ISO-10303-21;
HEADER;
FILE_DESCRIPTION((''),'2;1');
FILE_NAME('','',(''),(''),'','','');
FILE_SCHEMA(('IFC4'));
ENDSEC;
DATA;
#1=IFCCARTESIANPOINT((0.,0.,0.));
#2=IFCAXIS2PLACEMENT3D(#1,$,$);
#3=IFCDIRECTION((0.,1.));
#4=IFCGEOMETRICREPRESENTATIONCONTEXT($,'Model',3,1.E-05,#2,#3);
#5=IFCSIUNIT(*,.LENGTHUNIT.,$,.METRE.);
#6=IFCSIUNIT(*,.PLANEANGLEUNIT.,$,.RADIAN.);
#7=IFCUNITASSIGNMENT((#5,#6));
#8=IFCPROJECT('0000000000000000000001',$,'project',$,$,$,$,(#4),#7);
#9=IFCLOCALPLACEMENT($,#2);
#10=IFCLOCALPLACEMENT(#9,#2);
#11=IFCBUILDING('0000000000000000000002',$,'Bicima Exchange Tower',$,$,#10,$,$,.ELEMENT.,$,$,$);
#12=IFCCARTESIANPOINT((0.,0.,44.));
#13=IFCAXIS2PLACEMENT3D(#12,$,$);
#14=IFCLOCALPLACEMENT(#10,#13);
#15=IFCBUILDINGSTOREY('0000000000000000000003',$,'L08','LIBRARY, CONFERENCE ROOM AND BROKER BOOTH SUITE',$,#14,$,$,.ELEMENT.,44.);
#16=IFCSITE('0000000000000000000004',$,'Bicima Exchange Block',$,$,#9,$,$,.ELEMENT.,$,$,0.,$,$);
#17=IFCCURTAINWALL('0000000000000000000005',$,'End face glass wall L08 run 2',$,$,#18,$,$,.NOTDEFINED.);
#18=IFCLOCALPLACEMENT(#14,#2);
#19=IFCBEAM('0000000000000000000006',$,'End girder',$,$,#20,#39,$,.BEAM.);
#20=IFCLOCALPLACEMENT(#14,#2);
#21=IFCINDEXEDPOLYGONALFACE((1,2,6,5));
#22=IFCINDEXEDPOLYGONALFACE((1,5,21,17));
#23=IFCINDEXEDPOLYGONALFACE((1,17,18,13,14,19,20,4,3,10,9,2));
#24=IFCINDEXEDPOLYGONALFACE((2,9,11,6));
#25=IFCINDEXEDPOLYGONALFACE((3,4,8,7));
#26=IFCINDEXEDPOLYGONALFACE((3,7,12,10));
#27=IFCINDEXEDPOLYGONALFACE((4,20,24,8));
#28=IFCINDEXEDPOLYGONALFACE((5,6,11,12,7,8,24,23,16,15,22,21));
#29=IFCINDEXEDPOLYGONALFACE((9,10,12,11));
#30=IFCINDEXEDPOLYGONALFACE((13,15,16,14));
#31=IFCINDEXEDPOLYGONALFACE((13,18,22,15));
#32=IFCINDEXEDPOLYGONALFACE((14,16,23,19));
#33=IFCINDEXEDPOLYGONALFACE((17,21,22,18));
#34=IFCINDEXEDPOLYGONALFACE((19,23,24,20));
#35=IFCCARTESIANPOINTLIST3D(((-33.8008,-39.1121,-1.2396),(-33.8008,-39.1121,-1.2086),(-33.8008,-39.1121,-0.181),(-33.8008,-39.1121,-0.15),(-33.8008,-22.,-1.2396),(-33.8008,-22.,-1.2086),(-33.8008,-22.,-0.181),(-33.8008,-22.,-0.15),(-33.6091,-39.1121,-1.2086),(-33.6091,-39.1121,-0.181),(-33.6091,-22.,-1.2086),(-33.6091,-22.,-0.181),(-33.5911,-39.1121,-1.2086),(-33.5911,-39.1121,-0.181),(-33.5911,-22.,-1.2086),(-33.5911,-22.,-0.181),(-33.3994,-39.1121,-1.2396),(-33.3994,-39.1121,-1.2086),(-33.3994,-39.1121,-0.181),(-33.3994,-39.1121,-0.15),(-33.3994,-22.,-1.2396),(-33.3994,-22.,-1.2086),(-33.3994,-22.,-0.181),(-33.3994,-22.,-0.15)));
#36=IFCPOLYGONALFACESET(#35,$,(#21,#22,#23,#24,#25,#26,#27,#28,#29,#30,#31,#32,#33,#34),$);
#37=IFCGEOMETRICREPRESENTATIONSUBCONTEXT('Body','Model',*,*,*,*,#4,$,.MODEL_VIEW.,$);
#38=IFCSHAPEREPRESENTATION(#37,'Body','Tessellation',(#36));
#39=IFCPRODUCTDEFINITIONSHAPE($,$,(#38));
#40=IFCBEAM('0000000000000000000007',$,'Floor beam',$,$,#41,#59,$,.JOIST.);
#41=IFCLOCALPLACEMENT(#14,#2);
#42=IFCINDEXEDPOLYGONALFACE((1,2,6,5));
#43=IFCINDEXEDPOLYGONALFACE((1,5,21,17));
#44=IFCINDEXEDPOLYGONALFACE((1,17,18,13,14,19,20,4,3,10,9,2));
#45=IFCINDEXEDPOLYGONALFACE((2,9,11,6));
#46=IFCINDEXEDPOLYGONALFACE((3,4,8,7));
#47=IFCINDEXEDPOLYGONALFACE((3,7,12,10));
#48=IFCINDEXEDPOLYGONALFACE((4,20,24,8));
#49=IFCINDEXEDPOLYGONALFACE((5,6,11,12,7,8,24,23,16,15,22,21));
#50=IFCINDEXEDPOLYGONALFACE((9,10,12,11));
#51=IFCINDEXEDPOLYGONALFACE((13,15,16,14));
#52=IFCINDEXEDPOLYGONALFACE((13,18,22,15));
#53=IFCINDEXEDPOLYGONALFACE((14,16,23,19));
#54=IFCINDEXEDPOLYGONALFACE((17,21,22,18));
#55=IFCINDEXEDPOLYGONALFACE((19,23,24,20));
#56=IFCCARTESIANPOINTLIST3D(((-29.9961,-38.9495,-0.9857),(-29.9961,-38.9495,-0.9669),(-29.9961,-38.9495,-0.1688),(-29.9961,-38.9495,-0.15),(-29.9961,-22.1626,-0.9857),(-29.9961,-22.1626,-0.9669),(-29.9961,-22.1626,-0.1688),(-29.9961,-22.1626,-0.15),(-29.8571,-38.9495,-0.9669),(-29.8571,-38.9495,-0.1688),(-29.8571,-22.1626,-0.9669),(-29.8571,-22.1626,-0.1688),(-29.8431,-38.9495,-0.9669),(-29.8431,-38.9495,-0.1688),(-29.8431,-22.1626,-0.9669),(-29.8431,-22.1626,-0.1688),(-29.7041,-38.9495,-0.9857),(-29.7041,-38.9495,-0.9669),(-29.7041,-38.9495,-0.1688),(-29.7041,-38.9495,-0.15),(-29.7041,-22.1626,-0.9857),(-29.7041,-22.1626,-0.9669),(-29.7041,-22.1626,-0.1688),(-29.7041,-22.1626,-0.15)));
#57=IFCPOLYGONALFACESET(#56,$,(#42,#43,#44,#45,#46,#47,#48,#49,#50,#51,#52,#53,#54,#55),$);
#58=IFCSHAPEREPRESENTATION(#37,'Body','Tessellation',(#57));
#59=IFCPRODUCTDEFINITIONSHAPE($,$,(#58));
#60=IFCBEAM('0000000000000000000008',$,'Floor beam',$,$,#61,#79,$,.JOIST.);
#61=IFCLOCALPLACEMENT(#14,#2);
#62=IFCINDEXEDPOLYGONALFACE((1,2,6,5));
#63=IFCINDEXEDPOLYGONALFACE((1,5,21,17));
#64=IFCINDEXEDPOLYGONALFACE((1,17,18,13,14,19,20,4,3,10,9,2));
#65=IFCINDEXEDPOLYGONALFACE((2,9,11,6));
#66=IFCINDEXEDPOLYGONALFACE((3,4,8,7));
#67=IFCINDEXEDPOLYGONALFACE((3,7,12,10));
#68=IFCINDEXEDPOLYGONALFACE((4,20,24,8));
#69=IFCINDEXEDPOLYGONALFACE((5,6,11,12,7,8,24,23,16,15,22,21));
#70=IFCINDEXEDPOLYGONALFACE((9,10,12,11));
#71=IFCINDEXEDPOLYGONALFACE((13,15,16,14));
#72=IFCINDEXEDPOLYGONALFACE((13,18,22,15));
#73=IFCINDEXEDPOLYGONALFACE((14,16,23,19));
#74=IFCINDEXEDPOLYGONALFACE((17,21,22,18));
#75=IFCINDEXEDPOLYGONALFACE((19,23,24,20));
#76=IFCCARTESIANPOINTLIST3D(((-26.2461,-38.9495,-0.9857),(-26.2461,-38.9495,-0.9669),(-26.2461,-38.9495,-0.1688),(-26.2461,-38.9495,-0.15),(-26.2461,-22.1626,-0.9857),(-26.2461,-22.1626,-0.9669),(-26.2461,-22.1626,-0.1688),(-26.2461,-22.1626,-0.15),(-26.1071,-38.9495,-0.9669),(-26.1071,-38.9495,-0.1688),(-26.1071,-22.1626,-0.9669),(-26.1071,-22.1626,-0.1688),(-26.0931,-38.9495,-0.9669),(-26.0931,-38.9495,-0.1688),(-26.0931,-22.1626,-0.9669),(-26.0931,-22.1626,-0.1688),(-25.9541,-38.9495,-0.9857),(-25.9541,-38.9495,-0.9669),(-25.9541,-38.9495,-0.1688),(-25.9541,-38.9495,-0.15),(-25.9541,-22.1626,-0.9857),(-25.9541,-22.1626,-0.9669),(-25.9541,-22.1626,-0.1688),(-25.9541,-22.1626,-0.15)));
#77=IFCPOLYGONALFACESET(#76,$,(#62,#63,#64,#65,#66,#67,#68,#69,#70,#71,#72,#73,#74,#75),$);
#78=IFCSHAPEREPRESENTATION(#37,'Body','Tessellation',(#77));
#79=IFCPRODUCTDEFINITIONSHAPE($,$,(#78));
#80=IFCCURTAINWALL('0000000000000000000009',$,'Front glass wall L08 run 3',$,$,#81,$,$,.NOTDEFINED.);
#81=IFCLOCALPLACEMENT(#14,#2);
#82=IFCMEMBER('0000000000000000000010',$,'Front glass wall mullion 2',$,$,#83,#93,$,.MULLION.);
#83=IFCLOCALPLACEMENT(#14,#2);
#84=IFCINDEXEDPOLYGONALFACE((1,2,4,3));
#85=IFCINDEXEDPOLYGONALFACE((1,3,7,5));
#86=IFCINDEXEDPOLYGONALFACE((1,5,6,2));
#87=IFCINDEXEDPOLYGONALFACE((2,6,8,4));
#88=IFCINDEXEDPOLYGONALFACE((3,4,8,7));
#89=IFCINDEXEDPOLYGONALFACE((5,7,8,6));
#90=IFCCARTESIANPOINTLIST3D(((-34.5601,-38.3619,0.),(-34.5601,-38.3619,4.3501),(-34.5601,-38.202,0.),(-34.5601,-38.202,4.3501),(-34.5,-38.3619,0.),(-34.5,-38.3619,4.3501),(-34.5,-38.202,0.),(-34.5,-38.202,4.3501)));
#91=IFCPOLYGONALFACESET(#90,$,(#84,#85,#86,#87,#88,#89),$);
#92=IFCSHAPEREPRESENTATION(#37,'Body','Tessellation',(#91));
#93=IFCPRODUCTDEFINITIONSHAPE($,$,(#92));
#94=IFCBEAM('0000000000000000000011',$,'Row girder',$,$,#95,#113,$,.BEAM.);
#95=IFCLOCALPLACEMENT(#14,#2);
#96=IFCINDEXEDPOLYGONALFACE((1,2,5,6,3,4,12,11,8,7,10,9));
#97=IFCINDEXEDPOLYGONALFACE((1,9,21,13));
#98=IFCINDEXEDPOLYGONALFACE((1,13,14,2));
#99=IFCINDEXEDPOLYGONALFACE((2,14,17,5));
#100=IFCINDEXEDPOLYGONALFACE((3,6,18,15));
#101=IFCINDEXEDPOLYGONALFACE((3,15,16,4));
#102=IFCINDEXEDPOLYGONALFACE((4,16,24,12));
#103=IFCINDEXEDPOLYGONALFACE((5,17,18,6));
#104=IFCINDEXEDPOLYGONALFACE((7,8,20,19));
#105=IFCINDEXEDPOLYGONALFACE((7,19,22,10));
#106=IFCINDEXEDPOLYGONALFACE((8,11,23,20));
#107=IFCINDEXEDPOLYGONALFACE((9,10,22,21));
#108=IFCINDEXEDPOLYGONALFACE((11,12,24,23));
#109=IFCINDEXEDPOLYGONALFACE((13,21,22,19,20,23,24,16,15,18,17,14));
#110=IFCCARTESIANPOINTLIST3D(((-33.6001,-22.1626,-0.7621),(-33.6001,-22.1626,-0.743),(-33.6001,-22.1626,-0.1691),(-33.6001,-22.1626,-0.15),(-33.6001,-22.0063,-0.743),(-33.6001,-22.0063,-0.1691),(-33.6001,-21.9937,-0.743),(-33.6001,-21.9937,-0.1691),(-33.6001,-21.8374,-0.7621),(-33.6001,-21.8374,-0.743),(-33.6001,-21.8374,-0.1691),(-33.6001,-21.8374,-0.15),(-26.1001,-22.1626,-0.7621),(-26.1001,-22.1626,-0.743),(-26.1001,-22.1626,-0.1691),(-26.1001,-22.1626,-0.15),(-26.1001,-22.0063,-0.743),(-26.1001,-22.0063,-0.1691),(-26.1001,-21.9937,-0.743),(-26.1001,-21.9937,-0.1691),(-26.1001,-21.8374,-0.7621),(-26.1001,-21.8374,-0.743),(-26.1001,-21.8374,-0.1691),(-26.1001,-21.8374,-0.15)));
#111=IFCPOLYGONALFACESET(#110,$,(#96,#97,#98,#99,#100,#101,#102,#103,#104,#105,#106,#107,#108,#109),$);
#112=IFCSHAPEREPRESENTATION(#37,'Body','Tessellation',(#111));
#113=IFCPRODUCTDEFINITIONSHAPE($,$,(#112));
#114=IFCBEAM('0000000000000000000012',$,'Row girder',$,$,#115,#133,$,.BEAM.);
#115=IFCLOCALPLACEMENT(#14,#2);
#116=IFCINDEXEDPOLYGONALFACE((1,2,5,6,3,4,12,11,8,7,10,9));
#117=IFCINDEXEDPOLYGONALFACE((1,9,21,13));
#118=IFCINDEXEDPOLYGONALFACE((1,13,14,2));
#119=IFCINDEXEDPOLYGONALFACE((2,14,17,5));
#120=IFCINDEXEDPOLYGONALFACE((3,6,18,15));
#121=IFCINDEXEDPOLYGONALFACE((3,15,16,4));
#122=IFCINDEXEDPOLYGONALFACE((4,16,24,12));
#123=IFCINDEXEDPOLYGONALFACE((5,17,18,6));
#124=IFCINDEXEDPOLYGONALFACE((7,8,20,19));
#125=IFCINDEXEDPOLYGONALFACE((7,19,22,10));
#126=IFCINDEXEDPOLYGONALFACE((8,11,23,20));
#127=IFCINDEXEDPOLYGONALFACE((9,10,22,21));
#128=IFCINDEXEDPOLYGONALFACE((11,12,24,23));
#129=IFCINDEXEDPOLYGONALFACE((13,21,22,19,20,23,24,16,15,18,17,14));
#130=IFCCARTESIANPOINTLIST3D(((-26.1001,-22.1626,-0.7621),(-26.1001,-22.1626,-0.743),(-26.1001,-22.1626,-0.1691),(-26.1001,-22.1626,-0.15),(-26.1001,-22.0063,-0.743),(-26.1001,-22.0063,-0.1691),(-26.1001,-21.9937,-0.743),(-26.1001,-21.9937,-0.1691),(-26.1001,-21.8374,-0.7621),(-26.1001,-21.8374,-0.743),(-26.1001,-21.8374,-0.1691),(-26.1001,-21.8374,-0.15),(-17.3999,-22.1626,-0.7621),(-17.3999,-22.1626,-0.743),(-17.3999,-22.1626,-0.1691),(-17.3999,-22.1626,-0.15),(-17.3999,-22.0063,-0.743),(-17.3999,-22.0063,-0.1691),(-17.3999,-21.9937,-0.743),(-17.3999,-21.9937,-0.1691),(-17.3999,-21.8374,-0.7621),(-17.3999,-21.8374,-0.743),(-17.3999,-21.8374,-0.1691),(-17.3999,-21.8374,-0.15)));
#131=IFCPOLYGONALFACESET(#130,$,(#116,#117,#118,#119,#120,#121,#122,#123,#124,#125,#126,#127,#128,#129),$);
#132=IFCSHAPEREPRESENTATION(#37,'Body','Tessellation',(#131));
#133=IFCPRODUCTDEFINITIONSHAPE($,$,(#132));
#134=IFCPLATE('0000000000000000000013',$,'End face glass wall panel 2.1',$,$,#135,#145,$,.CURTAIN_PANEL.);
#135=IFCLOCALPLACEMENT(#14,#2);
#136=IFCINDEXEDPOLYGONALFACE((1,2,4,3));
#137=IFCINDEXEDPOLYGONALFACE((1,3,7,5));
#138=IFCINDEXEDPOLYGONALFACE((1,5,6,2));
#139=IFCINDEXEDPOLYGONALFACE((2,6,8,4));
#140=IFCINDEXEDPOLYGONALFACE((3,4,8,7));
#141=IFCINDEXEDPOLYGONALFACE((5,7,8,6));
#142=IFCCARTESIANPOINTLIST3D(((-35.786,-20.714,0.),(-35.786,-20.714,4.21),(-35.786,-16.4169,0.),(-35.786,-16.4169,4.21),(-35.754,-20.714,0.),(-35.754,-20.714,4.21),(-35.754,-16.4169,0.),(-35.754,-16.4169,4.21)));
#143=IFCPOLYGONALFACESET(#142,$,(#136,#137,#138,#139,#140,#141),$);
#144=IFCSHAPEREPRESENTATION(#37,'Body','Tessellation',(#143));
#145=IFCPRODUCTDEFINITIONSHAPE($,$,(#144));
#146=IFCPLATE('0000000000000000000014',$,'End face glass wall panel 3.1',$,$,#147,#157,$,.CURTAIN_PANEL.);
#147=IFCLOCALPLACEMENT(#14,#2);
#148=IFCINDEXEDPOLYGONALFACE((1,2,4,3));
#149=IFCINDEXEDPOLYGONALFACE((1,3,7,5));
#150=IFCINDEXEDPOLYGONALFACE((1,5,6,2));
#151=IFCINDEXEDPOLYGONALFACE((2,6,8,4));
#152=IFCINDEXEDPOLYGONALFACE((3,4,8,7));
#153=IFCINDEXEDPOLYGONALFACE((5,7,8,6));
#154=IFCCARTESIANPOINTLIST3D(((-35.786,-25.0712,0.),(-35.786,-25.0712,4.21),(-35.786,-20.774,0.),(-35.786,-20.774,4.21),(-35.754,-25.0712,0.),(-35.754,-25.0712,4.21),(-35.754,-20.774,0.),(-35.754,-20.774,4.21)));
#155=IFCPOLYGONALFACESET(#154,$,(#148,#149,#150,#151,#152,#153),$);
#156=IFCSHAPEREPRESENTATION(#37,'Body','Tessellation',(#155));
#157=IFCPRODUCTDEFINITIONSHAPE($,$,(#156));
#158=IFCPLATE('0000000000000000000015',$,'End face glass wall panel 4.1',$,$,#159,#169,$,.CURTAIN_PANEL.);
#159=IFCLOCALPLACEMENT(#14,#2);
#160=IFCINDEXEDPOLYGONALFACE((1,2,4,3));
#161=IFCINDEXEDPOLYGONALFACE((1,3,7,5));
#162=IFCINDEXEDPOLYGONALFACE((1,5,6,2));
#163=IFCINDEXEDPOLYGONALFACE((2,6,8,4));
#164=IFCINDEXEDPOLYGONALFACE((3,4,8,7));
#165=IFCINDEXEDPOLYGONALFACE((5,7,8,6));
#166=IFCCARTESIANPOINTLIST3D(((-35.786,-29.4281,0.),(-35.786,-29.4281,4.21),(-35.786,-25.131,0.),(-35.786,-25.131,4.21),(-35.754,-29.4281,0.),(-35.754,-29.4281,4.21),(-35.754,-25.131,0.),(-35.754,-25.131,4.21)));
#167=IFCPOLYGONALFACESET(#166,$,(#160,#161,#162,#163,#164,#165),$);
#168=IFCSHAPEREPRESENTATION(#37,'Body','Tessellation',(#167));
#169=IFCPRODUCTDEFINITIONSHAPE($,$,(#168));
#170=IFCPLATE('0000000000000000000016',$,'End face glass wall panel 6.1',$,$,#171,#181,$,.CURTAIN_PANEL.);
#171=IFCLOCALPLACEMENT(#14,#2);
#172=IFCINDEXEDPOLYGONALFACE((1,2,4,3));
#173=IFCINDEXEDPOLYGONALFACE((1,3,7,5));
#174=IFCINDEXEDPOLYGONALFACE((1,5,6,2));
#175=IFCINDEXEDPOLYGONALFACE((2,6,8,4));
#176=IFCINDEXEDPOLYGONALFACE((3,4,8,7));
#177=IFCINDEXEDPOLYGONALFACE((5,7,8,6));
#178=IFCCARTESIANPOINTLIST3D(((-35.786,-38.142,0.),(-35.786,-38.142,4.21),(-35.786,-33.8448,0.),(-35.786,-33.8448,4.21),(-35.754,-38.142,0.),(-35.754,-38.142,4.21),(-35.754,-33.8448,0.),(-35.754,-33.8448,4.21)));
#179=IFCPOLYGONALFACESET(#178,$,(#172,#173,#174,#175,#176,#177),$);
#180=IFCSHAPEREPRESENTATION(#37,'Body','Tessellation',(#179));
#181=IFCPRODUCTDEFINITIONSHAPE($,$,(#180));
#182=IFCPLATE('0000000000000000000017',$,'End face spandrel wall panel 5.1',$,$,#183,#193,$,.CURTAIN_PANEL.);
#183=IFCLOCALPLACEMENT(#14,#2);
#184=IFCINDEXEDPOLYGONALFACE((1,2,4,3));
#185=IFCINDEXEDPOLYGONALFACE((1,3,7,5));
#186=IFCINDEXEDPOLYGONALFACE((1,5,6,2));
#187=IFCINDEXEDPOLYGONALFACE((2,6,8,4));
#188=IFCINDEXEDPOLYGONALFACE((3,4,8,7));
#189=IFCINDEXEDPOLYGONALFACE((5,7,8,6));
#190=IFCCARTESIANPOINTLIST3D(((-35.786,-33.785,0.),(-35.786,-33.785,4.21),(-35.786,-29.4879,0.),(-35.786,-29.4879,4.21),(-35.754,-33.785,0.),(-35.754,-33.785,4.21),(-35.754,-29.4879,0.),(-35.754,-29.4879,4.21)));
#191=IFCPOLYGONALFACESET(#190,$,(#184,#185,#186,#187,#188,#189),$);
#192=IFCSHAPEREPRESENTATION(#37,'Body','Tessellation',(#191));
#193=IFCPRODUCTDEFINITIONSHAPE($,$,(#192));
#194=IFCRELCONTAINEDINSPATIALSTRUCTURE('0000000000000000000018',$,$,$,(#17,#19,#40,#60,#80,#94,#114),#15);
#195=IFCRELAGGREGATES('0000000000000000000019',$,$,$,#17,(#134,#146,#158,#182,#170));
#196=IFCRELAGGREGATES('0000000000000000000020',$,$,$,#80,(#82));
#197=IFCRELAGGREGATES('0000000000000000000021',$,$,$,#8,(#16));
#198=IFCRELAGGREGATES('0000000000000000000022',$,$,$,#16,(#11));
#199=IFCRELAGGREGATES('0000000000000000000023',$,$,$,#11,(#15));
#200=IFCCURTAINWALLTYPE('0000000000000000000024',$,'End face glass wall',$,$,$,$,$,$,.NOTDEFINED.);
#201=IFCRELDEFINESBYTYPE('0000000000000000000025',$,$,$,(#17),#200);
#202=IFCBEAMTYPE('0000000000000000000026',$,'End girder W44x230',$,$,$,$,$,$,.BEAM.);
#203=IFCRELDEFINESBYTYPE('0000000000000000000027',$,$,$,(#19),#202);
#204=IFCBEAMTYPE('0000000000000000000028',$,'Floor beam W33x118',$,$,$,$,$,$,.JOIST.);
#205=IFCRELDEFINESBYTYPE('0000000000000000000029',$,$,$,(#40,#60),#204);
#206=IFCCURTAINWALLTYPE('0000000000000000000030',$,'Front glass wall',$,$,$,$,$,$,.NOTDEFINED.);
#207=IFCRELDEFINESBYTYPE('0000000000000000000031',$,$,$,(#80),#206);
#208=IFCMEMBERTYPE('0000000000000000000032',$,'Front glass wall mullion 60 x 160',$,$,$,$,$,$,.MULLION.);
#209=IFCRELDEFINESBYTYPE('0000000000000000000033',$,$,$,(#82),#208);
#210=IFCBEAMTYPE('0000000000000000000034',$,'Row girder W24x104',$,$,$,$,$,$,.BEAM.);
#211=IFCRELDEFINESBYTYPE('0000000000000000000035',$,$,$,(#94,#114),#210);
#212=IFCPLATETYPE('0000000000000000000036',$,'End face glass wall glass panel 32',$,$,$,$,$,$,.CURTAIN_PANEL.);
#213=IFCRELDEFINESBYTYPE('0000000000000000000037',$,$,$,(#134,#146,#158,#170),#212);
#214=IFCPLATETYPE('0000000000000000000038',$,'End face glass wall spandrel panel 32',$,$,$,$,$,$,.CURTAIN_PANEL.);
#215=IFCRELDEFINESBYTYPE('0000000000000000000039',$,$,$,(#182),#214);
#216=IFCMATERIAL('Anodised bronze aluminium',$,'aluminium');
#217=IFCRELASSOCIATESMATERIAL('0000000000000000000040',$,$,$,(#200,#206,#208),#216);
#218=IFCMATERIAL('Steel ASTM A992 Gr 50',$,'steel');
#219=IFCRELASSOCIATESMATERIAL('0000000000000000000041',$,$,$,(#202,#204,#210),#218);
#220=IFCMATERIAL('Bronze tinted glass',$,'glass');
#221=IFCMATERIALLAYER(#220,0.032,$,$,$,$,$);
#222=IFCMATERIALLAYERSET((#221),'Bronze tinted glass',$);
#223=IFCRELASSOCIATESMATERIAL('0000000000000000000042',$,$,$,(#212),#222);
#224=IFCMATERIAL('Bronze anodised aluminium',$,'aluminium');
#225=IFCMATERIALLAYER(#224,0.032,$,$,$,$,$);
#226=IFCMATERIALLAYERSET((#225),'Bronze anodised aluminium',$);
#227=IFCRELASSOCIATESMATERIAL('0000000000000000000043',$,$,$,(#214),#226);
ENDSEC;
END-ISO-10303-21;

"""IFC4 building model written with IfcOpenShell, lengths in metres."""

from ifc_helpers import new_model, si_unit, direction, frame, origin, origin_2d, place, context, subcontext, project, spatial, rectangle, i_section, extrude, material, layer, layer_set, material_profile, profile_set, type_object, element, aggregate, save


model = new_model("IFC4")

# Units and contexts
model_context = context("Model", 3, precision=1e-05, world=origin(), true_north=direction((0.0, 1.0)))
body_context = subcontext(model_context, "Body", "Model", "MODEL_VIEW")
ifc_project = project(units=[si_unit("LENGTHUNIT", "METRE"), si_unit("PLANEANGLEUNIT", "RADIAN")], contexts=[model_context])

# Site, building, storey
site_placement = place(None, origin())
site = spatial("IfcSite", under=ifc_project, at=site_placement, Name="Bicima Exchange Block", CompositionType="ELEMENT", RefElevation=0.0)
building_placement = place(site_placement, origin())
building = spatial("IfcBuilding", under=site, at=building_placement, Name="Bicima Exchange Tower", CompositionType="ELEMENT")
storey_placement = place(building_placement, frame((0.0, 0.0, 44.0)))
storey = spatial("IfcBuildingStorey", under=building, at=storey_placement, Name="L08", Description="LIBRARY, CONFERENCE ROOM AND BROKER BOOTH SUITE", CompositionType="ELEMENT", Elevation=44.0)

# Shared definitions
ifc_material_1 = material(Name="Steel ASTM A992 Gr 50", Category="steel")

# Curtain wall
ifc_material_2 = material(Name="Anodised bronze aluminium", Category="aluminium")
curtain_wall_type_1 = type_object("IfcCurtainWallType", Name="End face glass wall", PredefinedType="NOTDEFINED", material=ifc_material_2)
curtain_wall_1_placement = place(storey_placement, origin())
curtain_wall_1 = element("IfcCurtainWall", 1, at=curtain_wall_1_placement, inside=storey, type_object=curtain_wall_type_1, Name="End face glass wall L08 run 2", PredefinedType="NOTDEFINED")
ifc_material_profile_1 = material_profile(ifc_material_2, rectangle(XDim=0.1599, YDim=0.0601, at=origin_2d()))
ifc_profile_set_1 = profile_set([ifc_material_profile_1], Name="Anodised bronze aluminium")

# Beams
ifc_material_profile_2 = material_profile(ifc_material_1, i_section(OverallWidth=0.4014, OverallDepth=1.0896, WebThickness=0.0181, FlangeThickness=0.031, at=origin_2d()))
ifc_profile_set_2 = profile_set([ifc_material_profile_2], Name="Steel ASTM A992 Gr 50")
beam_type_1 = type_object("IfcBeamType", Name="End girder W44x230", PredefinedType="BEAM", material=ifc_profile_set_2)
beam_1_placement = place(storey_placement, frame((-33.6001, -22.0, -0.6948), z_axis=(0.0, -1.0, 0.0), x_axis=(1.0, 0.0, 0.0)))
element("IfcBeam", 2, at=beam_1_placement, inside=storey, type_object=beam_type_1, Name="End girder", PredefinedType="BEAM", context=body_context, shape_type="SweptSolid", body=[
    extrude(i_section(OverallWidth=0.4014, OverallDepth=1.0896, WebThickness=0.0181, FlangeThickness=0.031, at=origin_2d()), origin(), (0.0, 0.0, 1.0), 17.1121),
])
ifc_material_profile_3 = material_profile(ifc_material_1, i_section(OverallWidth=0.292, OverallDepth=0.8357, WebThickness=0.0139, FlangeThickness=0.0188, at=origin_2d()))
ifc_profile_set_3 = profile_set([ifc_material_profile_3], Name="Steel ASTM A992 Gr 50")
beam_type_2 = type_object("IfcBeamType", Name="Floor beam W33x118", PredefinedType="JOIST", material=ifc_profile_set_3)
for number, where, z_axis, x_axis, name in (
    (3, (-29.8501, -22.1626, -0.5679), (0.0, -1.0, 0.0), (1.0, 0.0, 0.0), "Floor beam"),
    (4, (-26.1001, -22.1626, -0.5679), (0.0, -1.0, 0.0), (1.0, 0.0, 0.0), "Floor beam"),
):
    element("IfcBeam", number, at=place(storey_placement, frame(where, z_axis=z_axis, x_axis=x_axis)), inside=storey, type_object=beam_type_2, Name=name, PredefinedType="JOIST", context=body_context, shape_type="SweptSolid", body=[
        extrude(i_section(OverallWidth=0.292, OverallDepth=0.8357, WebThickness=0.0139, FlangeThickness=0.0188, at=origin_2d()), origin(), (0.0, 0.0, 1.0), 16.7869),
    ])

# Curtain wall, member
curtain_wall_type_2 = type_object("IfcCurtainWallType", Name="Front glass wall", PredefinedType="NOTDEFINED", material=ifc_material_2)
curtain_wall_2_placement = place(storey_placement, origin())
curtain_wall_2 = element("IfcCurtainWall", 5, at=curtain_wall_2_placement, inside=storey, type_object=curtain_wall_type_2, Name="Front glass wall L08 run 3", PredefinedType="NOTDEFINED")
member_type_1 = type_object("IfcMemberType", Name="Front glass wall mullion 60 x 160", PredefinedType="MULLION", material=ifc_profile_set_1)
member_1_placement = place(storey_placement, frame((-34.53, -38.282, 0.0), z_axis=(0.0, 0.0, 1.0), x_axis=(0.0, 1.0, 0.0)))
member_1 = element("IfcMember", 6, at=member_1_placement, type_object=member_type_1, Name="Front glass wall mullion 2", PredefinedType="MULLION", context=body_context, shape_type="SweptSolid", body=[
    extrude(rectangle(XDim=0.1599, YDim=0.0601, at=origin_2d()), origin(), (0.0, 0.0, 1.0), 4.3501),
])

# Beams
ifc_material_profile_4 = material_profile(ifc_material_1, i_section(OverallWidth=0.3252, OverallDepth=0.6121, WebThickness=0.0127, FlangeThickness=0.019, at=origin_2d()))
ifc_profile_set_4 = profile_set([ifc_material_profile_4], Name="Steel ASTM A992 Gr 50")
beam_type_3 = type_object("IfcBeamType", Name="Row girder W24x104", PredefinedType="BEAM", material=ifc_profile_set_4)
beam_2_placement = place(storey_placement, frame((-33.6001, -22.0, -0.4561), z_axis=(1.0, 0.0, 0.0), x_axis=(0.0, 1.0, 0.0)))
element("IfcBeam", 7, at=beam_2_placement, inside=storey, type_object=beam_type_3, Name="Row girder", PredefinedType="BEAM", context=body_context, shape_type="SweptSolid", body=[
    extrude(i_section(OverallWidth=0.3252, OverallDepth=0.6121, WebThickness=0.0127, FlangeThickness=0.019, at=origin_2d()), origin(), (0.0, 0.0, 1.0), 7.5),
])
beam_3_placement = place(storey_placement, frame((-26.1001, -22.0, -0.4561), z_axis=(1.0, 0.0, 0.0), x_axis=(0.0, 1.0, 0.0)))
element("IfcBeam", 8, at=beam_3_placement, inside=storey, type_object=beam_type_3, Name="Row girder", PredefinedType="BEAM", context=body_context, shape_type="SweptSolid", body=[
    extrude(i_section(OverallWidth=0.3252, OverallDepth=0.6121, WebThickness=0.0127, FlangeThickness=0.019, at=origin_2d()), origin(), (0.0, 0.0, 1.0), 8.7002),
])

# Plates
ifc_material_3 = material(Name="Bronze tinted glass", Category="glass")
ifc_layer_1 = layer(ifc_material_3, 0.032)
ifc_layer_set_1 = layer_set([ifc_layer_1], Name="Bronze tinted glass")
plate_type_1 = type_object("IfcPlateType", Name="End face glass wall glass panel 32", PredefinedType="CURTAIN_PANEL", material=ifc_layer_set_1)
plate_1_placement = place(storey_placement, frame((-35.77, -18.5654, 0.0), z_axis=(0.0, 0.0, 1.0), x_axis=(0.0, -1.0, 0.0)))
plate_1 = element("IfcPlate", 9, at=plate_1_placement, type_object=plate_type_1, Name="End face glass wall panel 2.1", PredefinedType="CURTAIN_PANEL", context=body_context, shape_type="SweptSolid", body=[
    extrude(rectangle(XDim=4.2971, YDim=0.032, at=origin_2d()), origin(), (0.0, 0.0, 1.0), 4.21),
])
plate_2_placement = place(storey_placement, frame((-35.77, -22.9226, 0.0), z_axis=(0.0, 0.0, 1.0), x_axis=(0.0, -1.0, 0.0)))
plate_2 = element("IfcPlate", 10, at=plate_2_placement, type_object=plate_type_1, Name="End face glass wall panel 3.1", PredefinedType="CURTAIN_PANEL", context=body_context, shape_type="SweptSolid", body=[
    extrude(rectangle(XDim=4.2971, YDim=0.032, at=origin_2d()), origin(), (0.0, 0.0, 1.0), 4.21),
])
plate_3_placement = place(storey_placement, frame((-35.77, -27.2795, 0.0), z_axis=(0.0, 0.0, 1.0), x_axis=(0.0, -1.0, 0.0)))
plate_3 = element("IfcPlate", 11, at=plate_3_placement, type_object=plate_type_1, Name="End face glass wall panel 4.1", PredefinedType="CURTAIN_PANEL", context=body_context, shape_type="SweptSolid", body=[
    extrude(rectangle(XDim=4.2971, YDim=0.032, at=origin_2d()), origin(), (0.0, 0.0, 1.0), 4.21),
])
plate_4_placement = place(storey_placement, frame((-35.77, -35.9934, 0.0), z_axis=(0.0, 0.0, 1.0), x_axis=(0.0, -1.0, 0.0)))
plate_4 = element("IfcPlate", 12, at=plate_4_placement, type_object=plate_type_1, Name="End face glass wall panel 6.1", PredefinedType="CURTAIN_PANEL", context=body_context, shape_type="SweptSolid", body=[
    extrude(rectangle(XDim=4.2971, YDim=0.032, at=origin_2d()), origin(), (0.0, 0.0, 1.0), 4.21),
])
ifc_material_4 = material(Name="Bronze anodised aluminium", Category="aluminium")
ifc_layer_2 = layer(ifc_material_4, 0.032)
ifc_layer_set_2 = layer_set([ifc_layer_2], Name="Bronze anodised aluminium")
plate_type_2 = type_object("IfcPlateType", Name="End face glass wall spandrel panel 32", PredefinedType="CURTAIN_PANEL", material=ifc_layer_set_2)
plate_5_placement = place(storey_placement, frame((-35.77, -31.6365, 0.0), z_axis=(0.0, 0.0, 1.0), x_axis=(0.0, -1.0, 0.0)))
plate_5 = element("IfcPlate", 13, at=plate_5_placement, type_object=plate_type_2, Name="End face spandrel wall panel 5.1", PredefinedType="CURTAIN_PANEL", context=body_context, shape_type="SweptSolid", body=[
    extrude(rectangle(XDim=4.2971, YDim=0.032, at=origin_2d()), origin(), (0.0, 0.0, 1.0), 4.21),
])
aggregate(curtain_wall_1, [plate_1, plate_2, plate_3, plate_5, plate_4])
aggregate(curtain_wall_2, [member_1])

save(model, "model.ifc")
